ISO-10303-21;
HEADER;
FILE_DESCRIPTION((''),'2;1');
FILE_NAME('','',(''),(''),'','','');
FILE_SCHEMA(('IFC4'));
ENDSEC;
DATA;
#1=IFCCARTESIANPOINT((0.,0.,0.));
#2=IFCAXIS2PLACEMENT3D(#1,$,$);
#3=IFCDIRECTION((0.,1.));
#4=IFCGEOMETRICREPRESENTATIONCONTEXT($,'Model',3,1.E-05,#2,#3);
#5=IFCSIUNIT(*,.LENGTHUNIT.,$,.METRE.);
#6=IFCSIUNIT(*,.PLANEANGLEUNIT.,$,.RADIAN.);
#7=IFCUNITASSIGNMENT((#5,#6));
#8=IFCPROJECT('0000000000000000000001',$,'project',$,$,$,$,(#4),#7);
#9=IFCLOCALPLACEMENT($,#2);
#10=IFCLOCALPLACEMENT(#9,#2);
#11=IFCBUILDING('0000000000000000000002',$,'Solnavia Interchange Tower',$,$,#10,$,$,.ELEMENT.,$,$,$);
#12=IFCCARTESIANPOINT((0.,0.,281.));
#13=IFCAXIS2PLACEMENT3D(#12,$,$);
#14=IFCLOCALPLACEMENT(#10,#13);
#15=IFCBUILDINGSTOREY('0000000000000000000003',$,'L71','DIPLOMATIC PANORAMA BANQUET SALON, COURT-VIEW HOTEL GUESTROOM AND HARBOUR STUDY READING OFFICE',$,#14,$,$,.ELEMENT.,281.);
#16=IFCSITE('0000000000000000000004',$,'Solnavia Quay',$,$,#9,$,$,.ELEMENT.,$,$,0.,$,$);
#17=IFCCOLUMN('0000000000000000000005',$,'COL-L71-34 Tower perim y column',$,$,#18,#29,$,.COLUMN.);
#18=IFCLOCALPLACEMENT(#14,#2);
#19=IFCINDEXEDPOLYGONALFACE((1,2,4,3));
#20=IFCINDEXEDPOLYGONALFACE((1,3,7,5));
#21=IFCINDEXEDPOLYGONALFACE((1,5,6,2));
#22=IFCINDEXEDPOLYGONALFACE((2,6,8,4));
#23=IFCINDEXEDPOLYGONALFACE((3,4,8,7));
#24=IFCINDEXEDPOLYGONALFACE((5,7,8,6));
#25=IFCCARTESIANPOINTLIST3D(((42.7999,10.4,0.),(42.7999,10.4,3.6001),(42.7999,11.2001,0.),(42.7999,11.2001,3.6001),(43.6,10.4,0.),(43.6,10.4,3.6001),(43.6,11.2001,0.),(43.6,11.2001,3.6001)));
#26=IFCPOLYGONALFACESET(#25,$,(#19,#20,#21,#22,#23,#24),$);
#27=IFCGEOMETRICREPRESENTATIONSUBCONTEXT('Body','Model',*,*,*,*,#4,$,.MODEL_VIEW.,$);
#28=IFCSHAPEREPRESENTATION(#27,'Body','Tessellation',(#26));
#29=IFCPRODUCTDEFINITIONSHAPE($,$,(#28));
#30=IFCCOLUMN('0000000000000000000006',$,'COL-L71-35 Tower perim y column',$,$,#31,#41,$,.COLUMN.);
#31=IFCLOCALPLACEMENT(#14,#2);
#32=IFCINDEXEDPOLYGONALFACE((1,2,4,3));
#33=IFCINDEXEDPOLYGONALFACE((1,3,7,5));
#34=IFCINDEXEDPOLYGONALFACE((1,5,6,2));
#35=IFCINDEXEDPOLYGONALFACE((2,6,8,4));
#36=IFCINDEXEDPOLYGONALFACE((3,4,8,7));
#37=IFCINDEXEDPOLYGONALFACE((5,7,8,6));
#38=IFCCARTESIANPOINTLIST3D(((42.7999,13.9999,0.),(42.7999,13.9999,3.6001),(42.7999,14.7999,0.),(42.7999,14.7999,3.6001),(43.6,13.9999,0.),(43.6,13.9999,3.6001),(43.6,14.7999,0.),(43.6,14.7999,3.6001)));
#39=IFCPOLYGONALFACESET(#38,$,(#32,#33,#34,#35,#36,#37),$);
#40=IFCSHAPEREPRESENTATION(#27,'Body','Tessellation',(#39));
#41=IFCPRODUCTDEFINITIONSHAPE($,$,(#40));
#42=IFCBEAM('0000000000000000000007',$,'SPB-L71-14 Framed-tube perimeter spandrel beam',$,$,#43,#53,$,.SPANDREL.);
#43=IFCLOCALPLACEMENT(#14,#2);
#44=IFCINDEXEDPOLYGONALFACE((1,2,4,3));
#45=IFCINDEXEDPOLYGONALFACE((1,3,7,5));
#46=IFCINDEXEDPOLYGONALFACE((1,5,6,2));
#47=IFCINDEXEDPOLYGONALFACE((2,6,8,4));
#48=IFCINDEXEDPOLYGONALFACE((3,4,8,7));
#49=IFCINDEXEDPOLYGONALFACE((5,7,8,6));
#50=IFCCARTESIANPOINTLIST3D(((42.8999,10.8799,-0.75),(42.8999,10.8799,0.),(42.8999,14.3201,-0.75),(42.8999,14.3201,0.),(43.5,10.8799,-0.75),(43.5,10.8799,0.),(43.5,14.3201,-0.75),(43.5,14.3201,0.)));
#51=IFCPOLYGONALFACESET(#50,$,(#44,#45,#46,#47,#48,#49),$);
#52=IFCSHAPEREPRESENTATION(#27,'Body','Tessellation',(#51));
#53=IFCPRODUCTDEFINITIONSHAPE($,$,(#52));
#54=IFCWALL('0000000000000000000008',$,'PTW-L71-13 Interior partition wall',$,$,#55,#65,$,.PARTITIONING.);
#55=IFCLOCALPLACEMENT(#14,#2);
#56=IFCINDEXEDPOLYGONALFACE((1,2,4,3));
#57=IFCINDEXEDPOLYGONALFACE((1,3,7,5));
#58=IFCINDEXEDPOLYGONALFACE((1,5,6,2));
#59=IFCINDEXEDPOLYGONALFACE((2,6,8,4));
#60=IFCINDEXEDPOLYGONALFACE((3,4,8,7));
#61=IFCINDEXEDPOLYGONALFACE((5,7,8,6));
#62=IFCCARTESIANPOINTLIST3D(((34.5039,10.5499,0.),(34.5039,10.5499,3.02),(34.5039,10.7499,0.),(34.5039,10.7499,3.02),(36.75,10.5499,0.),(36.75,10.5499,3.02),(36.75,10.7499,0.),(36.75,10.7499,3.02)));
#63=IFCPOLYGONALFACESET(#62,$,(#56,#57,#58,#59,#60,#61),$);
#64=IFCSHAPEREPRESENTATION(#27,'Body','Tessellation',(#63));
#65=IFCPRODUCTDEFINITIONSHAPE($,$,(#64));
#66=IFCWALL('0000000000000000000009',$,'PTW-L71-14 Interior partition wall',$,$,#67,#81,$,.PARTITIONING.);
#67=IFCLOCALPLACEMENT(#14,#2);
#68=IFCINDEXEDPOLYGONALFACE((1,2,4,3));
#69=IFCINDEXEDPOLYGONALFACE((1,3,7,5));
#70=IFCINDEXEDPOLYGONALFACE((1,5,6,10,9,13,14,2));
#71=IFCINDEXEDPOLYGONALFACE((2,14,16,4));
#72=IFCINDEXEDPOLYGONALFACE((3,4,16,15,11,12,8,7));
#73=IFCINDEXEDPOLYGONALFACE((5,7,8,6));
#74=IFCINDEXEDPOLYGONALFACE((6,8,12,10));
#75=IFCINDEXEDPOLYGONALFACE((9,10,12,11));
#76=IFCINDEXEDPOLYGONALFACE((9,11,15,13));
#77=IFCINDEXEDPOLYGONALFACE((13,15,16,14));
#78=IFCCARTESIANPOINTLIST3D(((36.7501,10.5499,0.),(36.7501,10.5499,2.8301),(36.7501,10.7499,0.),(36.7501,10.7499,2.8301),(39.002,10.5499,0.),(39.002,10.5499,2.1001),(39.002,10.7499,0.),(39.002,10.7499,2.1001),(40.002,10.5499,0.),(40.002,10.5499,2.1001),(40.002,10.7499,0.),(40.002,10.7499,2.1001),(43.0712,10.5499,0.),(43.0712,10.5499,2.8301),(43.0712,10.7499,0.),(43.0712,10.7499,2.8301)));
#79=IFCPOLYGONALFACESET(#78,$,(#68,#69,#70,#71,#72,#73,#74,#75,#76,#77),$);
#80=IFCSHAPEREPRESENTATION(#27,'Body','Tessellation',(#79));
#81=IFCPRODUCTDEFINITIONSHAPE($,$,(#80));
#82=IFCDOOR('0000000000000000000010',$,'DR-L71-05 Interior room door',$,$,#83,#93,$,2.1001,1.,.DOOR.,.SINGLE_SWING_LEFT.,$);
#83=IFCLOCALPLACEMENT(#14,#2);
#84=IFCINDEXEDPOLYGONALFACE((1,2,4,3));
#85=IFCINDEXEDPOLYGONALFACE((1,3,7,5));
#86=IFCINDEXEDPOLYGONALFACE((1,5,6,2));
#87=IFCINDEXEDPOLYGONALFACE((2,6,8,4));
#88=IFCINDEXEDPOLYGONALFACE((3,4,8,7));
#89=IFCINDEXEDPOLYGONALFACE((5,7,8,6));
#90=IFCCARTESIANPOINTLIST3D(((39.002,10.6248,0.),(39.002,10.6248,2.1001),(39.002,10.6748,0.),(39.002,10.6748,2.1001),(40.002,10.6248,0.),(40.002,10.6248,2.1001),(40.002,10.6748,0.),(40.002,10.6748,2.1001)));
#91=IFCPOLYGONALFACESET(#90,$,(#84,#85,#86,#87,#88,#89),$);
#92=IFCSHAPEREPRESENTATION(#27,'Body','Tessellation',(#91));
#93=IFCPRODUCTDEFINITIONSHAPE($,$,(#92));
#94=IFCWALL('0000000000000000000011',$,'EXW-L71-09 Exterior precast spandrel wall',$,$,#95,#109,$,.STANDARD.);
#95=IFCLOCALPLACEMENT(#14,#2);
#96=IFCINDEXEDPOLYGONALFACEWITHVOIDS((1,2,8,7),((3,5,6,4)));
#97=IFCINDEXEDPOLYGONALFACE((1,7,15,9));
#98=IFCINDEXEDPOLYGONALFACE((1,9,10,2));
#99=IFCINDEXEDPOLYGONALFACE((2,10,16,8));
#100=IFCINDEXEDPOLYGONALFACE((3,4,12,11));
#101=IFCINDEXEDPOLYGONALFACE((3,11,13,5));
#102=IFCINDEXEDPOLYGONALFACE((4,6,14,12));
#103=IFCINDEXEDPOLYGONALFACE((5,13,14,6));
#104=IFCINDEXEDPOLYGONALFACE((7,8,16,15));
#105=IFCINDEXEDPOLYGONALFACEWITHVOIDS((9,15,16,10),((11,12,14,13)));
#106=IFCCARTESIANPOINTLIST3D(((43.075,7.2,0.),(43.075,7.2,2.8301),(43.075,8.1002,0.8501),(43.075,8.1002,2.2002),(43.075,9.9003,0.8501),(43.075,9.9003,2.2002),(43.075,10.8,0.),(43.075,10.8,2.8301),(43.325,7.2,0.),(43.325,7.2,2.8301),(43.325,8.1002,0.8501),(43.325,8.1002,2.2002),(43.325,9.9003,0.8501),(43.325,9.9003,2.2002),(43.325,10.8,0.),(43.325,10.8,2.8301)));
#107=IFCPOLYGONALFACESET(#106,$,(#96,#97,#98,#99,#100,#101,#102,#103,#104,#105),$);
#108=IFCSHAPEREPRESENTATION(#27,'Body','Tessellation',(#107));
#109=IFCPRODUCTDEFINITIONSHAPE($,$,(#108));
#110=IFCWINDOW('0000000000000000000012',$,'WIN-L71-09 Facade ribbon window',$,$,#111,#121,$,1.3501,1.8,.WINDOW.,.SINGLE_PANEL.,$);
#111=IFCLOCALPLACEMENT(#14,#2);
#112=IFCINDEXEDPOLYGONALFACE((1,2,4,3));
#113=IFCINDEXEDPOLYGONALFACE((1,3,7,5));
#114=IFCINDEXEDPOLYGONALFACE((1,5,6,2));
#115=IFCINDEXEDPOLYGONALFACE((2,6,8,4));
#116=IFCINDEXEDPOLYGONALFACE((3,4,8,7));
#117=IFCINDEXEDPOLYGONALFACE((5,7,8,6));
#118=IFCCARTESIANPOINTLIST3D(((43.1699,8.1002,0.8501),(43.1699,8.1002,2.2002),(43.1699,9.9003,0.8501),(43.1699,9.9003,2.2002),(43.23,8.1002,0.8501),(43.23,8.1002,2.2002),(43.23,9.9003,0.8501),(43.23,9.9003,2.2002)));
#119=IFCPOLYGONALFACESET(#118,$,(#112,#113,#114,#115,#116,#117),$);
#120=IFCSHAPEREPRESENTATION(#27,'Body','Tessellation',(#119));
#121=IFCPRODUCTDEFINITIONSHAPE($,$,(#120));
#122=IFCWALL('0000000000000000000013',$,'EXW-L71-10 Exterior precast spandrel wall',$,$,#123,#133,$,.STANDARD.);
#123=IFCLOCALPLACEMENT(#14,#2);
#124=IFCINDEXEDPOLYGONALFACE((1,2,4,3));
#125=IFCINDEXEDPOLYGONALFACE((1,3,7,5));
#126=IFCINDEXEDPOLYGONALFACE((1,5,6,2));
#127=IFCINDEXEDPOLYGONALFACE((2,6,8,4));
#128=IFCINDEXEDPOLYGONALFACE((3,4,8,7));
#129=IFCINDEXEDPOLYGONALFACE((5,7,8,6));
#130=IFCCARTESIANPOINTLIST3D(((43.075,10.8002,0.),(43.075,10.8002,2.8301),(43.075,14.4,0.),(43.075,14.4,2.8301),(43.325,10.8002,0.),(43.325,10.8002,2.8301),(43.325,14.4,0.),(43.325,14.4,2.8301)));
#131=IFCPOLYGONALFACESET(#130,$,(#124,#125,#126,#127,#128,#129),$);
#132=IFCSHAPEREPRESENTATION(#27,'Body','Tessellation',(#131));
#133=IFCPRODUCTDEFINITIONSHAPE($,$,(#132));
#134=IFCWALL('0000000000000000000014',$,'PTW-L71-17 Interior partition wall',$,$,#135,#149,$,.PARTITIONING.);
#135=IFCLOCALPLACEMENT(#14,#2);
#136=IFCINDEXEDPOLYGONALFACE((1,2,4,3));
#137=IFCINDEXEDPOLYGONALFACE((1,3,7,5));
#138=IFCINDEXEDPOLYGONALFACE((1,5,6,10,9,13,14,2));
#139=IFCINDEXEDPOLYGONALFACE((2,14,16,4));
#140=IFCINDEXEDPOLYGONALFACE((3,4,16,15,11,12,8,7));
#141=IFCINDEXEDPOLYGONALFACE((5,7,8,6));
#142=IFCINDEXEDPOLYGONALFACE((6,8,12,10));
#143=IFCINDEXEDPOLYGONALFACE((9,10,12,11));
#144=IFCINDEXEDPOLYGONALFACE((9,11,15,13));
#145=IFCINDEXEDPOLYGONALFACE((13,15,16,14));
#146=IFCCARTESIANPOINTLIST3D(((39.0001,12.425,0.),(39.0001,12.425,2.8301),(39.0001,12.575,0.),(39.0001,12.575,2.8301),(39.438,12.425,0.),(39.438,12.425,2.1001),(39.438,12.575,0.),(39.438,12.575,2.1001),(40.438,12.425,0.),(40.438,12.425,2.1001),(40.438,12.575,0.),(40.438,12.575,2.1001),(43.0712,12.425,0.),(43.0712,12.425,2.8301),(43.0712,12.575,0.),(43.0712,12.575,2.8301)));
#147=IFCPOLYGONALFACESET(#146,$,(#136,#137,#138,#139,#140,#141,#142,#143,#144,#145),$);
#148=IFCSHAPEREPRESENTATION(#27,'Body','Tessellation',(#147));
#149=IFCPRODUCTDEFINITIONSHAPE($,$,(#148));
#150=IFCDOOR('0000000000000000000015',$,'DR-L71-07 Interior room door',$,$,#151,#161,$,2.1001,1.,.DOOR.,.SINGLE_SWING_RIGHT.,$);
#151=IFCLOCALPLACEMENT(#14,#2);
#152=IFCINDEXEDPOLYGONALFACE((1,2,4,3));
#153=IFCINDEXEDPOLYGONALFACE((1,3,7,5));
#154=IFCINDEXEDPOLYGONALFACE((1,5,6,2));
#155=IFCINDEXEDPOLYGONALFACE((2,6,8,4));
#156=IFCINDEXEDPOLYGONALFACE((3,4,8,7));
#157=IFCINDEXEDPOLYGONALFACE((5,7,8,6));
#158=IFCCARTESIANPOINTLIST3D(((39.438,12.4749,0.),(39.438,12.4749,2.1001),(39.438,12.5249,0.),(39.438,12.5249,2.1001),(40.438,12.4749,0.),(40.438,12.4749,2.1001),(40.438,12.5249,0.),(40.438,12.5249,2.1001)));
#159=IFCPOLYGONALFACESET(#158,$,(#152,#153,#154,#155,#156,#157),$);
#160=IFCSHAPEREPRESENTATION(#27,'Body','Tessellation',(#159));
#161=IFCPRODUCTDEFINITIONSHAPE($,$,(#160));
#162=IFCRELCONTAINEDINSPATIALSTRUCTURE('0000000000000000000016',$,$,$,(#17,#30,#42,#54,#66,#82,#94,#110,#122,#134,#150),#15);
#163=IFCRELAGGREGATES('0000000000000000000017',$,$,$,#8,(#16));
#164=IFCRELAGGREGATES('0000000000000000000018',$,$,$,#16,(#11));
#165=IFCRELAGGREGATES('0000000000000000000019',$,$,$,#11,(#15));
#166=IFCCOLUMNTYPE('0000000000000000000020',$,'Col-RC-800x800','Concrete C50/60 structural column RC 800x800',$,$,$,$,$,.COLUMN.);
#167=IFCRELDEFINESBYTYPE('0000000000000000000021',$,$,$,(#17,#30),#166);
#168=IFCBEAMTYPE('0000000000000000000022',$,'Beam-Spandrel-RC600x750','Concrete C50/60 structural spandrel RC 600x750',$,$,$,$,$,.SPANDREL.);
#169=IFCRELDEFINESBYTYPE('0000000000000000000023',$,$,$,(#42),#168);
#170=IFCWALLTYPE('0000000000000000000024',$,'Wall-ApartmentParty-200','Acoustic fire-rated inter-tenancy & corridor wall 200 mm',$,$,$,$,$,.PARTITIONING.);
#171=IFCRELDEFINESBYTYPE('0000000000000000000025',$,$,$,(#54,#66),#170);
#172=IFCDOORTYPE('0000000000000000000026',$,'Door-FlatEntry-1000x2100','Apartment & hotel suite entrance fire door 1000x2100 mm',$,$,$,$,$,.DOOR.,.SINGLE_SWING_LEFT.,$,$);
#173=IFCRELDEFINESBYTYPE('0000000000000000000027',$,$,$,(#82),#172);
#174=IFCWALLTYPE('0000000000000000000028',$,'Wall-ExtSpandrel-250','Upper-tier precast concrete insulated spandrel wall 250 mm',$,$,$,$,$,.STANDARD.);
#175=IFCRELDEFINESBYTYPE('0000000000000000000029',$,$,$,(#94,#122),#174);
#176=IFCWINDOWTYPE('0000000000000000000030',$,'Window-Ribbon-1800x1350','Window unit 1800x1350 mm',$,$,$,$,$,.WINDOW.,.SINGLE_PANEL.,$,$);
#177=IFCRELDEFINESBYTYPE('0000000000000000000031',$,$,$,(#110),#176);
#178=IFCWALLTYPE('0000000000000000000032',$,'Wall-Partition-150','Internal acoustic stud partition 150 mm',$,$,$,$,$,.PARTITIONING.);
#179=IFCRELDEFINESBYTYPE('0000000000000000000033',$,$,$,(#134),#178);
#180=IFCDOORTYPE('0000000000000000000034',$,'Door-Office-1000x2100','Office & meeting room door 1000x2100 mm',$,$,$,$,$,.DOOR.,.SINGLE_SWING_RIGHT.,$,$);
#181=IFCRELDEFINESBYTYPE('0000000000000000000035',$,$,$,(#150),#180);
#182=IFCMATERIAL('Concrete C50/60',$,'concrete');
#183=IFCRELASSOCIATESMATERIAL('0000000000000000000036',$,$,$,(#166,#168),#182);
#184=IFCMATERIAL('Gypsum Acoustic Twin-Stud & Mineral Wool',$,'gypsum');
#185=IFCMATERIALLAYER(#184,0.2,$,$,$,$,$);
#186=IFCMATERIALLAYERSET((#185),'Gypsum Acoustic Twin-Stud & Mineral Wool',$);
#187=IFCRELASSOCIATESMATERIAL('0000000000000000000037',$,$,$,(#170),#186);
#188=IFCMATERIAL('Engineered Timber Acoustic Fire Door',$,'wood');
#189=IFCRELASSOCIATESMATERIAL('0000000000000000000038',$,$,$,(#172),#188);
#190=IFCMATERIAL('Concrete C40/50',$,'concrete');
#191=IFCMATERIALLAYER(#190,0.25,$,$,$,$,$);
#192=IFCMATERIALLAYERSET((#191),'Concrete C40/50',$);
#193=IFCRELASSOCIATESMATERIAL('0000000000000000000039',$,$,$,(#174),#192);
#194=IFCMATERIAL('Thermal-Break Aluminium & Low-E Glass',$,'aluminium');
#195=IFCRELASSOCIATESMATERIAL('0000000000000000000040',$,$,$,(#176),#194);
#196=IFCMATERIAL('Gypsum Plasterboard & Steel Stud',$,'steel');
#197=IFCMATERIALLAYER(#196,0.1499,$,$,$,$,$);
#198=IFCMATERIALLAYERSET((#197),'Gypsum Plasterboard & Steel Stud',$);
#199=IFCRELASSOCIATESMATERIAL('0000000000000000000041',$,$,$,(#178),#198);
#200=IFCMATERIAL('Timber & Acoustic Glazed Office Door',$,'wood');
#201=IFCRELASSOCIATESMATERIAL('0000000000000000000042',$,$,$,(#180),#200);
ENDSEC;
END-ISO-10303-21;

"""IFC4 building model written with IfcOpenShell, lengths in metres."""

from ifc_helpers import new_model, si_unit, direction, frame, frame_2d, origin, origin_2d, place, context, subcontext, project, spatial, rectangle, extrude, material, layer, layer_set, material_profile, profile_set, type_object, element, fill, save


model = new_model("IFC4")

# Units and contexts
model_context = context("Model", 3, precision=1e-05, world=origin(), true_north=direction((0.0, 1.0)))
body_context = subcontext(model_context, "Body", "Model", "MODEL_VIEW")
ifc_project = project(units=[si_unit("LENGTHUNIT", "METRE"), si_unit("PLANEANGLEUNIT", "RADIAN")], contexts=[model_context])

# Site, building, storey
site_placement = place(None, origin())
site = spatial("IfcSite", under=ifc_project, at=site_placement, Name="Solnavia Quay", CompositionType="ELEMENT", RefElevation=0.0)
building_placement = place(site_placement, origin())
building = spatial("IfcBuilding", under=site, at=building_placement, Name="Solnavia Interchange Tower", CompositionType="ELEMENT")
storey_placement = place(building_placement, frame((0.0, 0.0, 281.0)))
storey = spatial("IfcBuildingStorey", under=building, at=storey_placement, Name="L71", Description="DIPLOMATIC PANORAMA BANQUET SALON, COURT-VIEW HOTEL GUESTROOM AND HARBOUR STUDY READING OFFICE", CompositionType="ELEMENT", Elevation=281.0)

# Columns
ifc_material_1 = material(Name="Concrete C50/60", Category="concrete")
ifc_material_profile_1 = material_profile(ifc_material_1, rectangle(XDim=0.8, YDim=0.8, at=origin_2d()), Name="RC 800x800")
ifc_profile_set_1 = profile_set([ifc_material_profile_1], Name="Concrete C50/60")
column_type = type_object("IfcColumnType", Name="Col-RC-800x800", Description="Concrete C50/60 structural column RC 800x800", PredefinedType="COLUMN", material=ifc_profile_set_1)
for number, where, z_axis, x_axis, name in (
    (1, (43.2, 10.8, 0.0), (0.0, 0.0, 1.0), (0.0, 1.0, 0.0), "COL-L71-34 Tower perim y column"),
    (2, (43.2, 14.3999, 0.0), (0.0, 0.0, 1.0), (0.0, 1.0, 0.0), "COL-L71-35 Tower perim y column"),
):
    element("IfcColumn", number, at=place(storey_placement, frame(where, z_axis=z_axis, x_axis=x_axis)), inside=storey, type_object=column_type, Name=name, PredefinedType="COLUMN", context=body_context, shape_type="SweptSolid", body=[
        extrude(rectangle(XDim=0.8, YDim=0.8, at=origin_2d()), origin(), (0.0, 0.0, 1.0), 3.6001),
    ])

# Beam
ifc_material_profile_2 = material_profile(ifc_material_1, rectangle(XDim=0.6001, YDim=0.75, at=origin_2d()), Name="RC 600x750")
ifc_profile_set_2 = profile_set([ifc_material_profile_2], Name="Concrete C50/60")
beam_type = type_object("IfcBeamType", Name="Beam-Spandrel-RC600x750", Description="Concrete C50/60 structural spandrel RC 600x750", PredefinedType="SPANDREL", material=ifc_profile_set_2)
beam_placement = place(storey_placement, frame((43.2, 10.8799, -0.375), z_axis=(0.0, 1.0, 0.0), x_axis=(-1.0, 0.0, 0.0)))
element("IfcBeam", 3, at=beam_placement, inside=storey, type_object=beam_type, Name="SPB-L71-14 Framed-tube perimeter spandrel beam", PredefinedType="SPANDREL", context=body_context, shape_type="SweptSolid", body=[
    extrude(rectangle(XDim=0.6001, YDim=0.75, at=origin_2d()), origin(), (0.0, 0.0, 1.0), 3.4402),
])

# Wall
ifc_material_2 = material(Name="Gypsum Acoustic Twin-Stud & Mineral Wool", Category="gypsum")
ifc_layer_1 = layer(ifc_material_2, 0.2)
ifc_layer_set_1 = layer_set([ifc_layer_1], Name="Gypsum Acoustic Twin-Stud & Mineral Wool")
wall_type_1 = type_object("IfcWallType", Name="Wall-ApartmentParty-200", Description="Acoustic fire-rated inter-tenancy & corridor wall 200 mm", PredefinedType="PARTITIONING", material=ifc_layer_set_1)
wall_1_placement = place(storey_placement, frame((34.5039, 10.6499, 0.0), z_axis=(0.0, 0.0, 1.0), x_axis=(1.0, 0.0, 0.0)))
element("IfcWall", 4, at=wall_1_placement, inside=storey, type_object=wall_type_1, Name="PTW-L71-13 Interior partition wall", PredefinedType="PARTITIONING", context=body_context, shape_type="SweptSolid", body=[
    extrude(rectangle(XDim=2.2461, YDim=0.2, at=frame_2d((1.123, 0.0))), origin(), (0.0, 0.0, 1.0), 3.02),
])

# Wall, opening, door
wall_2_placement = place(storey_placement, frame((36.75, 10.6499, 0.0), z_axis=(0.0, 0.0, 1.0), x_axis=(1.0, 0.0, 0.0)))
wall_2 = element("IfcWall", 5, at=wall_2_placement, inside=storey, type_object=wall_type_1, Name="PTW-L71-14 Interior partition wall", PredefinedType="PARTITIONING", context=body_context, shape_type="SweptSolid", body=[
    extrude(rectangle(XDim=6.321, YDim=0.2, at=frame_2d((3.1606, 0.0))), origin(), (0.0, 0.0, 1.0), 2.8301),
])
opening_1_placement = place(wall_2_placement, frame((2.252, 0.0, 0.0)))
opening_1 = element("IfcOpeningElement", 6, at=opening_1_placement, cuts=wall_2, PredefinedType="OPENING", context=body_context, shape_type="SweptSolid", body=[
    extrude(rectangle(XDim=1.0, YDim=2.1001, at=frame_2d((0.5, 1.05))), frame((0.0, 0.1099, 0.0), z_axis=(0.0, -1.0, 0.0), x_axis=(1.0, 0.0, 0.0)), (0.0, 0.0, 1.0), 0.22),
])
ifc_material_3 = material(Name="Engineered Timber Acoustic Fire Door", Category="wood")
door_type_1 = type_object("IfcDoorType", Name="Door-FlatEntry-1000x2100", Description="Apartment & hotel suite entrance fire door 1000x2100 mm", OperationType="SINGLE_SWING_LEFT", PredefinedType="DOOR", material=ifc_material_3)
door_1_placement = place(opening_1_placement, origin())
door_1 = element("IfcDoor", 7, at=door_1_placement, inside=storey, type_object=door_type_1, Name="DR-L71-05 Interior room door", OperationType="SINGLE_SWING_LEFT", OverallHeight=2.1001, OverallWidth=1.0, PredefinedType="DOOR", context=body_context, shape_type="SweptSolid", body=[
    extrude(rectangle(XDim=1.0, YDim=2.1001, at=frame_2d((0.5, 1.05))), frame((0.0, 0.0249, 0.0), z_axis=(0.0, -1.0, 0.0), x_axis=(1.0, 0.0, 0.0)), (0.0, 0.0, 1.0), 0.05),
])
fill(opening_1, door_1)

# Wall, opening, window
ifc_material_4 = material(Name="Concrete C40/50", Category="concrete")
ifc_layer_2 = layer(ifc_material_4, 0.25)
ifc_layer_set_2 = layer_set([ifc_layer_2], Name="Concrete C40/50")
wall_type_2 = type_object("IfcWallType", Name="Wall-ExtSpandrel-250", Description="Upper-tier precast concrete insulated spandrel wall 250 mm", PredefinedType="STANDARD", material=ifc_layer_set_2)
wall_3_placement = place(storey_placement, frame((43.2, 10.8, 0.0), z_axis=(0.0, 0.0, 1.0), x_axis=(0.0, -1.0, 0.0)))
wall_3 = element("IfcWall", 8, at=wall_3_placement, inside=storey, type_object=wall_type_2, Name="EXW-L71-09 Exterior precast spandrel wall", PredefinedType="STANDARD", context=body_context, shape_type="SweptSolid", body=[
    extrude(rectangle(XDim=3.6001, YDim=0.25, at=frame_2d((1.8, 0.0))), origin(), (0.0, 0.0, 1.0), 2.8301),
])
opening_2_placement = place(wall_3_placement, frame((0.8999, 0.0, 0.8501)))
opening_2 = element("IfcOpeningElement", 9, at=opening_2_placement, cuts=wall_3, PredefinedType="OPENING", context=body_context, shape_type="SweptSolid", body=[
    extrude(rectangle(XDim=1.8, YDim=1.3501, at=frame_2d((0.8999, 0.675))), frame((0.0, 0.135, 0.0), z_axis=(0.0, -1.0, 0.0), x_axis=(1.0, 0.0, 0.0)), (0.0, 0.0, 1.0), 0.27),
])
ifc_material_5 = material(Name="Thermal-Break Aluminium & Low-E Glass", Category="aluminium")
window_type = type_object("IfcWindowType", Name="Window-Ribbon-1800x1350", Description="Window unit 1800x1350 mm", PartitioningType="SINGLE_PANEL", PredefinedType="WINDOW", material=ifc_material_5)
window_placement = place(opening_2_placement, origin())
window = element("IfcWindow", 10, at=window_placement, inside=storey, type_object=window_type, Name="WIN-L71-09 Facade ribbon window", OverallHeight=1.3501, OverallWidth=1.8, PartitioningType="SINGLE_PANEL", PredefinedType="WINDOW", context=body_context, shape_type="SweptSolid", body=[
    extrude(rectangle(XDim=1.8, YDim=1.3501, at=frame_2d((0.8999, 0.675))), frame((0.0, 0.03, 0.0), z_axis=(0.0, -1.0, 0.0), x_axis=(1.0, 0.0, 0.0)), (0.0, 0.0, 1.0), 0.0601),
])
fill(opening_2, window)

# Wall
wall_4_placement = place(storey_placement, frame((43.2, 14.3999, 0.0), z_axis=(0.0, 0.0, 1.0), x_axis=(0.0, -1.0, 0.0)))
element("IfcWall", 11, at=wall_4_placement, inside=storey, type_object=wall_type_2, Name="EXW-L71-10 Exterior precast spandrel wall", PredefinedType="STANDARD", context=body_context, shape_type="SweptSolid", body=[
    extrude(rectangle(XDim=3.5999, YDim=0.25, at=frame_2d((1.7998, 0.0))), origin(), (0.0, 0.0, 1.0), 2.8301),
])

# Wall, opening, door
ifc_material_6 = material(Name="Gypsum Plasterboard & Steel Stud", Category="steel")
ifc_layer_3 = layer(ifc_material_6, 0.1499)
ifc_layer_set_3 = layer_set([ifc_layer_3], Name="Gypsum Plasterboard & Steel Stud")
wall_type_3 = type_object("IfcWallType", Name="Wall-Partition-150", Description="Internal acoustic stud partition 150 mm", PredefinedType="PARTITIONING", material=ifc_layer_set_3)
wall_5_placement = place(storey_placement, frame((39.0, 12.5, 0.0), z_axis=(0.0, 0.0, 1.0), x_axis=(1.0, 0.0, 0.0)))
wall_5 = element("IfcWall", 12, at=wall_5_placement, inside=storey, type_object=wall_type_3, Name="PTW-L71-17 Interior partition wall", PredefinedType="PARTITIONING", context=body_context, shape_type="SweptSolid", body=[
    extrude(rectangle(XDim=4.071, YDim=0.1499, at=frame_2d((2.0356, 0.0))), origin(), (0.0, 0.0, 1.0), 2.8301),
])
opening_3_placement = place(wall_5_placement, frame((0.438, 0.0, 0.0)))
opening_3 = element("IfcOpeningElement", 13, at=opening_3_placement, cuts=wall_5, PredefinedType="OPENING", context=body_context, shape_type="SweptSolid", body=[
    extrude(rectangle(XDim=1.0, YDim=2.1001, at=frame_2d((0.5, 1.05))), frame((0.0, 0.085, 0.0), z_axis=(0.0, -1.0, 0.0), x_axis=(1.0, 0.0, 0.0)), (0.0, 0.0, 1.0), 0.1699),
])
ifc_material_7 = material(Name="Timber & Acoustic Glazed Office Door", Category="wood")
door_type_2 = type_object("IfcDoorType", Name="Door-Office-1000x2100", Description="Office & meeting room door 1000x2100 mm", OperationType="SINGLE_SWING_RIGHT", PredefinedType="DOOR", material=ifc_material_7)
door_2_placement = place(opening_3_placement, origin())
door_2 = element("IfcDoor", 14, at=door_2_placement, inside=storey, type_object=door_type_2, Name="DR-L71-07 Interior room door", OperationType="SINGLE_SWING_RIGHT", OverallHeight=2.1001, OverallWidth=1.0, PredefinedType="DOOR", context=body_context, shape_type="SweptSolid", body=[
    extrude(rectangle(XDim=1.0, YDim=2.1001, at=frame_2d((0.5, 1.05))), frame((0.0, 0.0249, 0.0), z_axis=(0.0, -1.0, 0.0), x_axis=(1.0, 0.0, 0.0)), (0.0, 0.0, 1.0), 0.05),
])
fill(opening_3, door_2)

save(model, "model.ifc")
